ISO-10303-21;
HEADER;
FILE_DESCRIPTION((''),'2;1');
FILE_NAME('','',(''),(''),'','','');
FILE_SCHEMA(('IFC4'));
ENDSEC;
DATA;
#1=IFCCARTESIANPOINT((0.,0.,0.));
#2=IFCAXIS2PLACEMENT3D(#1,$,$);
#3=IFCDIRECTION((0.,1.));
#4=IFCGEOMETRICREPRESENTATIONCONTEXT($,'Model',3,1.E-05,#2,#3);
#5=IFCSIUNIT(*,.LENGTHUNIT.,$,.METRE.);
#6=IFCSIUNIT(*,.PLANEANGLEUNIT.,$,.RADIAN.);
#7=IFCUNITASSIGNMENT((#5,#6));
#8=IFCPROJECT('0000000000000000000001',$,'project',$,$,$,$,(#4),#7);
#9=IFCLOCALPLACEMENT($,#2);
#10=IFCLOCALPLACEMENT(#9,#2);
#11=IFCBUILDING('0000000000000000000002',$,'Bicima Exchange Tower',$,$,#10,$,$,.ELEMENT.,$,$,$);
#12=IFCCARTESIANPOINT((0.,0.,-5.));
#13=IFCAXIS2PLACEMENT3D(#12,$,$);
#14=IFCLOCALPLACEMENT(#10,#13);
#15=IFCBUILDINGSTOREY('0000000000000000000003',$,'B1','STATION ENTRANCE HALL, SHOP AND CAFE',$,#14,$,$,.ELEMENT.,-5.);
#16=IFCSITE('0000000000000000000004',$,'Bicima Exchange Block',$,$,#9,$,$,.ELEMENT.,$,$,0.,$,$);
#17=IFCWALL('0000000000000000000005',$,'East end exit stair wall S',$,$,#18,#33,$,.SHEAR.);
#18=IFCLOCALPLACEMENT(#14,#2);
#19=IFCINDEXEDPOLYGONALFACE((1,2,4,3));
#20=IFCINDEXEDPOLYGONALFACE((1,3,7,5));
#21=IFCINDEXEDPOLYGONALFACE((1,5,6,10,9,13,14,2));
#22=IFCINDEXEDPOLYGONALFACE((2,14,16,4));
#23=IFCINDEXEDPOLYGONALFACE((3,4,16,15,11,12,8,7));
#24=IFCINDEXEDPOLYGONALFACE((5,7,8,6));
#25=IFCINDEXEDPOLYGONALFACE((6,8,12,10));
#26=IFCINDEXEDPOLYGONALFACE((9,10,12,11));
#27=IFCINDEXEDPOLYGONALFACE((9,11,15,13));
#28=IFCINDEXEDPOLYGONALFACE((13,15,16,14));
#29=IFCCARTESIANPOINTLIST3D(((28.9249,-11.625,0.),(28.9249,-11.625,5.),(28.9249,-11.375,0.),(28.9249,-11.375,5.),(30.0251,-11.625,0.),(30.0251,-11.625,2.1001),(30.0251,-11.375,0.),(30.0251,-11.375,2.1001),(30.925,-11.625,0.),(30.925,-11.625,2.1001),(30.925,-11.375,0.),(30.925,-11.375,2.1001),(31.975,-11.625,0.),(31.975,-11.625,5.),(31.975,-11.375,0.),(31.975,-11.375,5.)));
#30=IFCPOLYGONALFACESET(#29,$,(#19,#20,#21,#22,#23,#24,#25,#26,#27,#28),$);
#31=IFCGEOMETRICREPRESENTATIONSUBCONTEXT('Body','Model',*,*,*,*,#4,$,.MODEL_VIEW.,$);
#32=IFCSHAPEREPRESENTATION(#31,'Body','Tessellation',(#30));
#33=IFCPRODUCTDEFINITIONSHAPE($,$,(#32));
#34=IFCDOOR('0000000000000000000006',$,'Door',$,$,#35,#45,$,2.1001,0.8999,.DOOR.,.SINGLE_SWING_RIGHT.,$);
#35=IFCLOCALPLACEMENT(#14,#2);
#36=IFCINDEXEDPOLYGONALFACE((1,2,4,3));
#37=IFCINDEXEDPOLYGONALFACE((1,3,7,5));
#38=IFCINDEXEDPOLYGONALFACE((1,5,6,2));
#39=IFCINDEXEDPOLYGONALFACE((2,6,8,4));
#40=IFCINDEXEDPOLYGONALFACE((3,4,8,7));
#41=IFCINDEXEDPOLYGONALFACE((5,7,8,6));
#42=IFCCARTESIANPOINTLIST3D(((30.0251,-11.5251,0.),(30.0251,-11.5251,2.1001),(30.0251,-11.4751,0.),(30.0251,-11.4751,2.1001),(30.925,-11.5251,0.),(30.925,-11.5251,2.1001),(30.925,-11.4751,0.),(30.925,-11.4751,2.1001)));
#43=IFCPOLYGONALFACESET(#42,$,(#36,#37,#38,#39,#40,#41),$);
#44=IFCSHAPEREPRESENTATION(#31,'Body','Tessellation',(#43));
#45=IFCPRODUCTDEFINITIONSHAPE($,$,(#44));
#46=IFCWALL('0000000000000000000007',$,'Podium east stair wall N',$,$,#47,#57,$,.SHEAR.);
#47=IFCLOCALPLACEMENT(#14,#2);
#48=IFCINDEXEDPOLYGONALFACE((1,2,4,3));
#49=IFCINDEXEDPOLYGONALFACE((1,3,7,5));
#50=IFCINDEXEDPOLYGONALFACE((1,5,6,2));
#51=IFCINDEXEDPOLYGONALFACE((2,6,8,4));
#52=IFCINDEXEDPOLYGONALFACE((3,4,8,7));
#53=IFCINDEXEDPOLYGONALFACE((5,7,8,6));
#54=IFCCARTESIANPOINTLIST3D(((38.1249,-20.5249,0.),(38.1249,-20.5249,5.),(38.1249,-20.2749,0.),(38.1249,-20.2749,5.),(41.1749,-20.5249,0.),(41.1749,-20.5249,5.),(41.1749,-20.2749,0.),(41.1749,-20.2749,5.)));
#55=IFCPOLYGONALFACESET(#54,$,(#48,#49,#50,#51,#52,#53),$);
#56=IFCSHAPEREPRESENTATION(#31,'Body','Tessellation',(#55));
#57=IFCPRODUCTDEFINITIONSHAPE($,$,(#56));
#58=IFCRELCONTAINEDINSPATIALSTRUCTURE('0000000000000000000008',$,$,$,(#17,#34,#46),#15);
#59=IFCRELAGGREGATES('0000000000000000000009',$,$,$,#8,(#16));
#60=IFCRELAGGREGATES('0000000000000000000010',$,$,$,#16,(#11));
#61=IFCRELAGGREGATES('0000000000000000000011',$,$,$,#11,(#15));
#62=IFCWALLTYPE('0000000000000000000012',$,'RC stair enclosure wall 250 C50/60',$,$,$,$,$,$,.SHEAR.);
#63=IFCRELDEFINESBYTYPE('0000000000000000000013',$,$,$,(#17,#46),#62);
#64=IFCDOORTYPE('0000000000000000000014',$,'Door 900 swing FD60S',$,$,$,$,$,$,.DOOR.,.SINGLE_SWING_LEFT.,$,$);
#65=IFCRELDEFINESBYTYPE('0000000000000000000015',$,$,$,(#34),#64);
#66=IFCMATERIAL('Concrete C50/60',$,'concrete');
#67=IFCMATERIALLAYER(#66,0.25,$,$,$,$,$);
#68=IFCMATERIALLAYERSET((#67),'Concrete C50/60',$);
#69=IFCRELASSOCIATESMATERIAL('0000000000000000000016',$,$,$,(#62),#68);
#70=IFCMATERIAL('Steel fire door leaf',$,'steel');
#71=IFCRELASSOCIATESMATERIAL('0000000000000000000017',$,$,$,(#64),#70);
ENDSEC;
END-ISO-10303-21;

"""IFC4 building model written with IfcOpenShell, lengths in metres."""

from ifc_helpers import new_model, si_unit, direction, frame, frame_2d, origin, place, context, subcontext, project, spatial, rectangle, extrude, material, layer, layer_set, type_object, element, fill, save


model = new_model("IFC4")

# Units and contexts
model_context = context("Model", 3, precision=1e-05, world=origin(), true_north=direction((0.0, 1.0)))
body_context = subcontext(model_context, "Body", "Model", "MODEL_VIEW")
ifc_project = project(units=[si_unit("LENGTHUNIT", "METRE"), si_unit("PLANEANGLEUNIT", "RADIAN")], contexts=[model_context])

# Site, building, storey
site_placement = place(None, origin())
site = spatial("IfcSite", under=ifc_project, at=site_placement, Name="Bicima Exchange Block", CompositionType="ELEMENT", RefElevation=0.0)
building_placement = place(site_placement, origin())
building = spatial("IfcBuilding", under=site, at=building_placement, Name="Bicima Exchange Tower", CompositionType="ELEMENT")
storey_placement = place(building_placement, frame((0.0, 0.0, -5.0)))
storey = spatial("IfcBuildingStorey", under=building, at=storey_placement, Name="B1", Description="STATION ENTRANCE HALL, SHOP AND CAFE", CompositionType="ELEMENT", Elevation=-5.0)

# Shared definitions
ifc_material_1 = material(Name="Steel fire door leaf", Category="steel")

# Shared definitions
ifc_material_2 = material(Name="Concrete C50/60", Category="concrete")
ifc_layer_1 = layer(ifc_material_2, 0.25)
ifc_layer_set_1 = layer_set([ifc_layer_1], Name="Concrete C50/60")
wall_type_1 = type_object("IfcWallType", Name="RC stair enclosure wall 250 C50/60", PredefinedType="SHEAR", material=ifc_layer_set_1)

# Wall, opening, door
wall_1_placement = place(storey_placement, frame((28.925, -11.5, 0.0), z_axis=(0.0, 0.0, 1.0), x_axis=(1.0, 0.0, 0.0)))
wall_1 = element("IfcWall", 1, at=wall_1_placement, inside=storey, type_object=wall_type_1, Name="East end exit stair wall S", PredefinedType="SHEAR", context=body_context, shape_type="SweptSolid", body=[
    extrude(rectangle(XDim=3.05, YDim=0.25, at=frame_2d((1.5249, 0.0))), origin(), (0.0, 0.0, 1.0), 5.0),
])
opening_1_placement = place(wall_1_placement, frame((1.1001, 0.0, 0.0)))
opening_1 = element("IfcOpeningElement", 2, at=opening_1_placement, cuts=wall_1, PredefinedType="OPENING", context=body_context, shape_type="SweptSolid", body=[
    extrude(rectangle(XDim=0.8999, YDim=2.1001, at=frame_2d((0.45, 1.05))), frame((0.0, 0.137, 0.0), z_axis=(0.0, -1.0, 0.0), x_axis=(1.0, 0.0, 0.0)), (0.0, 0.0, 1.0), 0.2739),
])
door_type_1 = type_object("IfcDoorType", Name="Door 900 swing FD60S", OperationType="SINGLE_SWING_LEFT", PredefinedType="DOOR", material=ifc_material_1)
door_1_placement = place(opening_1_placement, origin())
door_1 = element("IfcDoor", 3, at=door_1_placement, inside=storey, type_object=door_type_1, Name="Door", OperationType="SINGLE_SWING_RIGHT", OverallHeight=2.1001, OverallWidth=0.8999, PredefinedType="DOOR", context=body_context, shape_type="SweptSolid", body=[
    extrude(rectangle(XDim=0.8999, YDim=2.1001, at=frame_2d((0.45, 1.05))), frame((0.0, 0.0249, 0.0), z_axis=(0.0, -1.0, 0.0), x_axis=(1.0, 0.0, 0.0)), (0.0, 0.0, 1.0), 0.05),
])
fill(opening_1, door_1)

# Wall
wall_2_placement = place(storey_placement, frame((38.125, -20.3999, 0.0), z_axis=(0.0, 0.0, 1.0), x_axis=(1.0, 0.0, 0.0)))
element("IfcWall", 4, at=wall_2_placement, inside=storey, type_object=wall_type_1, Name="Podium east stair wall N", PredefinedType="SHEAR", context=body_context, shape_type="SweptSolid", body=[
    extrude(rectangle(XDim=3.05, YDim=0.25, at=frame_2d((1.5249, 0.0))), origin(), (0.0, 0.0, 1.0), 5.0),
])

save(model, "model.ifc")
